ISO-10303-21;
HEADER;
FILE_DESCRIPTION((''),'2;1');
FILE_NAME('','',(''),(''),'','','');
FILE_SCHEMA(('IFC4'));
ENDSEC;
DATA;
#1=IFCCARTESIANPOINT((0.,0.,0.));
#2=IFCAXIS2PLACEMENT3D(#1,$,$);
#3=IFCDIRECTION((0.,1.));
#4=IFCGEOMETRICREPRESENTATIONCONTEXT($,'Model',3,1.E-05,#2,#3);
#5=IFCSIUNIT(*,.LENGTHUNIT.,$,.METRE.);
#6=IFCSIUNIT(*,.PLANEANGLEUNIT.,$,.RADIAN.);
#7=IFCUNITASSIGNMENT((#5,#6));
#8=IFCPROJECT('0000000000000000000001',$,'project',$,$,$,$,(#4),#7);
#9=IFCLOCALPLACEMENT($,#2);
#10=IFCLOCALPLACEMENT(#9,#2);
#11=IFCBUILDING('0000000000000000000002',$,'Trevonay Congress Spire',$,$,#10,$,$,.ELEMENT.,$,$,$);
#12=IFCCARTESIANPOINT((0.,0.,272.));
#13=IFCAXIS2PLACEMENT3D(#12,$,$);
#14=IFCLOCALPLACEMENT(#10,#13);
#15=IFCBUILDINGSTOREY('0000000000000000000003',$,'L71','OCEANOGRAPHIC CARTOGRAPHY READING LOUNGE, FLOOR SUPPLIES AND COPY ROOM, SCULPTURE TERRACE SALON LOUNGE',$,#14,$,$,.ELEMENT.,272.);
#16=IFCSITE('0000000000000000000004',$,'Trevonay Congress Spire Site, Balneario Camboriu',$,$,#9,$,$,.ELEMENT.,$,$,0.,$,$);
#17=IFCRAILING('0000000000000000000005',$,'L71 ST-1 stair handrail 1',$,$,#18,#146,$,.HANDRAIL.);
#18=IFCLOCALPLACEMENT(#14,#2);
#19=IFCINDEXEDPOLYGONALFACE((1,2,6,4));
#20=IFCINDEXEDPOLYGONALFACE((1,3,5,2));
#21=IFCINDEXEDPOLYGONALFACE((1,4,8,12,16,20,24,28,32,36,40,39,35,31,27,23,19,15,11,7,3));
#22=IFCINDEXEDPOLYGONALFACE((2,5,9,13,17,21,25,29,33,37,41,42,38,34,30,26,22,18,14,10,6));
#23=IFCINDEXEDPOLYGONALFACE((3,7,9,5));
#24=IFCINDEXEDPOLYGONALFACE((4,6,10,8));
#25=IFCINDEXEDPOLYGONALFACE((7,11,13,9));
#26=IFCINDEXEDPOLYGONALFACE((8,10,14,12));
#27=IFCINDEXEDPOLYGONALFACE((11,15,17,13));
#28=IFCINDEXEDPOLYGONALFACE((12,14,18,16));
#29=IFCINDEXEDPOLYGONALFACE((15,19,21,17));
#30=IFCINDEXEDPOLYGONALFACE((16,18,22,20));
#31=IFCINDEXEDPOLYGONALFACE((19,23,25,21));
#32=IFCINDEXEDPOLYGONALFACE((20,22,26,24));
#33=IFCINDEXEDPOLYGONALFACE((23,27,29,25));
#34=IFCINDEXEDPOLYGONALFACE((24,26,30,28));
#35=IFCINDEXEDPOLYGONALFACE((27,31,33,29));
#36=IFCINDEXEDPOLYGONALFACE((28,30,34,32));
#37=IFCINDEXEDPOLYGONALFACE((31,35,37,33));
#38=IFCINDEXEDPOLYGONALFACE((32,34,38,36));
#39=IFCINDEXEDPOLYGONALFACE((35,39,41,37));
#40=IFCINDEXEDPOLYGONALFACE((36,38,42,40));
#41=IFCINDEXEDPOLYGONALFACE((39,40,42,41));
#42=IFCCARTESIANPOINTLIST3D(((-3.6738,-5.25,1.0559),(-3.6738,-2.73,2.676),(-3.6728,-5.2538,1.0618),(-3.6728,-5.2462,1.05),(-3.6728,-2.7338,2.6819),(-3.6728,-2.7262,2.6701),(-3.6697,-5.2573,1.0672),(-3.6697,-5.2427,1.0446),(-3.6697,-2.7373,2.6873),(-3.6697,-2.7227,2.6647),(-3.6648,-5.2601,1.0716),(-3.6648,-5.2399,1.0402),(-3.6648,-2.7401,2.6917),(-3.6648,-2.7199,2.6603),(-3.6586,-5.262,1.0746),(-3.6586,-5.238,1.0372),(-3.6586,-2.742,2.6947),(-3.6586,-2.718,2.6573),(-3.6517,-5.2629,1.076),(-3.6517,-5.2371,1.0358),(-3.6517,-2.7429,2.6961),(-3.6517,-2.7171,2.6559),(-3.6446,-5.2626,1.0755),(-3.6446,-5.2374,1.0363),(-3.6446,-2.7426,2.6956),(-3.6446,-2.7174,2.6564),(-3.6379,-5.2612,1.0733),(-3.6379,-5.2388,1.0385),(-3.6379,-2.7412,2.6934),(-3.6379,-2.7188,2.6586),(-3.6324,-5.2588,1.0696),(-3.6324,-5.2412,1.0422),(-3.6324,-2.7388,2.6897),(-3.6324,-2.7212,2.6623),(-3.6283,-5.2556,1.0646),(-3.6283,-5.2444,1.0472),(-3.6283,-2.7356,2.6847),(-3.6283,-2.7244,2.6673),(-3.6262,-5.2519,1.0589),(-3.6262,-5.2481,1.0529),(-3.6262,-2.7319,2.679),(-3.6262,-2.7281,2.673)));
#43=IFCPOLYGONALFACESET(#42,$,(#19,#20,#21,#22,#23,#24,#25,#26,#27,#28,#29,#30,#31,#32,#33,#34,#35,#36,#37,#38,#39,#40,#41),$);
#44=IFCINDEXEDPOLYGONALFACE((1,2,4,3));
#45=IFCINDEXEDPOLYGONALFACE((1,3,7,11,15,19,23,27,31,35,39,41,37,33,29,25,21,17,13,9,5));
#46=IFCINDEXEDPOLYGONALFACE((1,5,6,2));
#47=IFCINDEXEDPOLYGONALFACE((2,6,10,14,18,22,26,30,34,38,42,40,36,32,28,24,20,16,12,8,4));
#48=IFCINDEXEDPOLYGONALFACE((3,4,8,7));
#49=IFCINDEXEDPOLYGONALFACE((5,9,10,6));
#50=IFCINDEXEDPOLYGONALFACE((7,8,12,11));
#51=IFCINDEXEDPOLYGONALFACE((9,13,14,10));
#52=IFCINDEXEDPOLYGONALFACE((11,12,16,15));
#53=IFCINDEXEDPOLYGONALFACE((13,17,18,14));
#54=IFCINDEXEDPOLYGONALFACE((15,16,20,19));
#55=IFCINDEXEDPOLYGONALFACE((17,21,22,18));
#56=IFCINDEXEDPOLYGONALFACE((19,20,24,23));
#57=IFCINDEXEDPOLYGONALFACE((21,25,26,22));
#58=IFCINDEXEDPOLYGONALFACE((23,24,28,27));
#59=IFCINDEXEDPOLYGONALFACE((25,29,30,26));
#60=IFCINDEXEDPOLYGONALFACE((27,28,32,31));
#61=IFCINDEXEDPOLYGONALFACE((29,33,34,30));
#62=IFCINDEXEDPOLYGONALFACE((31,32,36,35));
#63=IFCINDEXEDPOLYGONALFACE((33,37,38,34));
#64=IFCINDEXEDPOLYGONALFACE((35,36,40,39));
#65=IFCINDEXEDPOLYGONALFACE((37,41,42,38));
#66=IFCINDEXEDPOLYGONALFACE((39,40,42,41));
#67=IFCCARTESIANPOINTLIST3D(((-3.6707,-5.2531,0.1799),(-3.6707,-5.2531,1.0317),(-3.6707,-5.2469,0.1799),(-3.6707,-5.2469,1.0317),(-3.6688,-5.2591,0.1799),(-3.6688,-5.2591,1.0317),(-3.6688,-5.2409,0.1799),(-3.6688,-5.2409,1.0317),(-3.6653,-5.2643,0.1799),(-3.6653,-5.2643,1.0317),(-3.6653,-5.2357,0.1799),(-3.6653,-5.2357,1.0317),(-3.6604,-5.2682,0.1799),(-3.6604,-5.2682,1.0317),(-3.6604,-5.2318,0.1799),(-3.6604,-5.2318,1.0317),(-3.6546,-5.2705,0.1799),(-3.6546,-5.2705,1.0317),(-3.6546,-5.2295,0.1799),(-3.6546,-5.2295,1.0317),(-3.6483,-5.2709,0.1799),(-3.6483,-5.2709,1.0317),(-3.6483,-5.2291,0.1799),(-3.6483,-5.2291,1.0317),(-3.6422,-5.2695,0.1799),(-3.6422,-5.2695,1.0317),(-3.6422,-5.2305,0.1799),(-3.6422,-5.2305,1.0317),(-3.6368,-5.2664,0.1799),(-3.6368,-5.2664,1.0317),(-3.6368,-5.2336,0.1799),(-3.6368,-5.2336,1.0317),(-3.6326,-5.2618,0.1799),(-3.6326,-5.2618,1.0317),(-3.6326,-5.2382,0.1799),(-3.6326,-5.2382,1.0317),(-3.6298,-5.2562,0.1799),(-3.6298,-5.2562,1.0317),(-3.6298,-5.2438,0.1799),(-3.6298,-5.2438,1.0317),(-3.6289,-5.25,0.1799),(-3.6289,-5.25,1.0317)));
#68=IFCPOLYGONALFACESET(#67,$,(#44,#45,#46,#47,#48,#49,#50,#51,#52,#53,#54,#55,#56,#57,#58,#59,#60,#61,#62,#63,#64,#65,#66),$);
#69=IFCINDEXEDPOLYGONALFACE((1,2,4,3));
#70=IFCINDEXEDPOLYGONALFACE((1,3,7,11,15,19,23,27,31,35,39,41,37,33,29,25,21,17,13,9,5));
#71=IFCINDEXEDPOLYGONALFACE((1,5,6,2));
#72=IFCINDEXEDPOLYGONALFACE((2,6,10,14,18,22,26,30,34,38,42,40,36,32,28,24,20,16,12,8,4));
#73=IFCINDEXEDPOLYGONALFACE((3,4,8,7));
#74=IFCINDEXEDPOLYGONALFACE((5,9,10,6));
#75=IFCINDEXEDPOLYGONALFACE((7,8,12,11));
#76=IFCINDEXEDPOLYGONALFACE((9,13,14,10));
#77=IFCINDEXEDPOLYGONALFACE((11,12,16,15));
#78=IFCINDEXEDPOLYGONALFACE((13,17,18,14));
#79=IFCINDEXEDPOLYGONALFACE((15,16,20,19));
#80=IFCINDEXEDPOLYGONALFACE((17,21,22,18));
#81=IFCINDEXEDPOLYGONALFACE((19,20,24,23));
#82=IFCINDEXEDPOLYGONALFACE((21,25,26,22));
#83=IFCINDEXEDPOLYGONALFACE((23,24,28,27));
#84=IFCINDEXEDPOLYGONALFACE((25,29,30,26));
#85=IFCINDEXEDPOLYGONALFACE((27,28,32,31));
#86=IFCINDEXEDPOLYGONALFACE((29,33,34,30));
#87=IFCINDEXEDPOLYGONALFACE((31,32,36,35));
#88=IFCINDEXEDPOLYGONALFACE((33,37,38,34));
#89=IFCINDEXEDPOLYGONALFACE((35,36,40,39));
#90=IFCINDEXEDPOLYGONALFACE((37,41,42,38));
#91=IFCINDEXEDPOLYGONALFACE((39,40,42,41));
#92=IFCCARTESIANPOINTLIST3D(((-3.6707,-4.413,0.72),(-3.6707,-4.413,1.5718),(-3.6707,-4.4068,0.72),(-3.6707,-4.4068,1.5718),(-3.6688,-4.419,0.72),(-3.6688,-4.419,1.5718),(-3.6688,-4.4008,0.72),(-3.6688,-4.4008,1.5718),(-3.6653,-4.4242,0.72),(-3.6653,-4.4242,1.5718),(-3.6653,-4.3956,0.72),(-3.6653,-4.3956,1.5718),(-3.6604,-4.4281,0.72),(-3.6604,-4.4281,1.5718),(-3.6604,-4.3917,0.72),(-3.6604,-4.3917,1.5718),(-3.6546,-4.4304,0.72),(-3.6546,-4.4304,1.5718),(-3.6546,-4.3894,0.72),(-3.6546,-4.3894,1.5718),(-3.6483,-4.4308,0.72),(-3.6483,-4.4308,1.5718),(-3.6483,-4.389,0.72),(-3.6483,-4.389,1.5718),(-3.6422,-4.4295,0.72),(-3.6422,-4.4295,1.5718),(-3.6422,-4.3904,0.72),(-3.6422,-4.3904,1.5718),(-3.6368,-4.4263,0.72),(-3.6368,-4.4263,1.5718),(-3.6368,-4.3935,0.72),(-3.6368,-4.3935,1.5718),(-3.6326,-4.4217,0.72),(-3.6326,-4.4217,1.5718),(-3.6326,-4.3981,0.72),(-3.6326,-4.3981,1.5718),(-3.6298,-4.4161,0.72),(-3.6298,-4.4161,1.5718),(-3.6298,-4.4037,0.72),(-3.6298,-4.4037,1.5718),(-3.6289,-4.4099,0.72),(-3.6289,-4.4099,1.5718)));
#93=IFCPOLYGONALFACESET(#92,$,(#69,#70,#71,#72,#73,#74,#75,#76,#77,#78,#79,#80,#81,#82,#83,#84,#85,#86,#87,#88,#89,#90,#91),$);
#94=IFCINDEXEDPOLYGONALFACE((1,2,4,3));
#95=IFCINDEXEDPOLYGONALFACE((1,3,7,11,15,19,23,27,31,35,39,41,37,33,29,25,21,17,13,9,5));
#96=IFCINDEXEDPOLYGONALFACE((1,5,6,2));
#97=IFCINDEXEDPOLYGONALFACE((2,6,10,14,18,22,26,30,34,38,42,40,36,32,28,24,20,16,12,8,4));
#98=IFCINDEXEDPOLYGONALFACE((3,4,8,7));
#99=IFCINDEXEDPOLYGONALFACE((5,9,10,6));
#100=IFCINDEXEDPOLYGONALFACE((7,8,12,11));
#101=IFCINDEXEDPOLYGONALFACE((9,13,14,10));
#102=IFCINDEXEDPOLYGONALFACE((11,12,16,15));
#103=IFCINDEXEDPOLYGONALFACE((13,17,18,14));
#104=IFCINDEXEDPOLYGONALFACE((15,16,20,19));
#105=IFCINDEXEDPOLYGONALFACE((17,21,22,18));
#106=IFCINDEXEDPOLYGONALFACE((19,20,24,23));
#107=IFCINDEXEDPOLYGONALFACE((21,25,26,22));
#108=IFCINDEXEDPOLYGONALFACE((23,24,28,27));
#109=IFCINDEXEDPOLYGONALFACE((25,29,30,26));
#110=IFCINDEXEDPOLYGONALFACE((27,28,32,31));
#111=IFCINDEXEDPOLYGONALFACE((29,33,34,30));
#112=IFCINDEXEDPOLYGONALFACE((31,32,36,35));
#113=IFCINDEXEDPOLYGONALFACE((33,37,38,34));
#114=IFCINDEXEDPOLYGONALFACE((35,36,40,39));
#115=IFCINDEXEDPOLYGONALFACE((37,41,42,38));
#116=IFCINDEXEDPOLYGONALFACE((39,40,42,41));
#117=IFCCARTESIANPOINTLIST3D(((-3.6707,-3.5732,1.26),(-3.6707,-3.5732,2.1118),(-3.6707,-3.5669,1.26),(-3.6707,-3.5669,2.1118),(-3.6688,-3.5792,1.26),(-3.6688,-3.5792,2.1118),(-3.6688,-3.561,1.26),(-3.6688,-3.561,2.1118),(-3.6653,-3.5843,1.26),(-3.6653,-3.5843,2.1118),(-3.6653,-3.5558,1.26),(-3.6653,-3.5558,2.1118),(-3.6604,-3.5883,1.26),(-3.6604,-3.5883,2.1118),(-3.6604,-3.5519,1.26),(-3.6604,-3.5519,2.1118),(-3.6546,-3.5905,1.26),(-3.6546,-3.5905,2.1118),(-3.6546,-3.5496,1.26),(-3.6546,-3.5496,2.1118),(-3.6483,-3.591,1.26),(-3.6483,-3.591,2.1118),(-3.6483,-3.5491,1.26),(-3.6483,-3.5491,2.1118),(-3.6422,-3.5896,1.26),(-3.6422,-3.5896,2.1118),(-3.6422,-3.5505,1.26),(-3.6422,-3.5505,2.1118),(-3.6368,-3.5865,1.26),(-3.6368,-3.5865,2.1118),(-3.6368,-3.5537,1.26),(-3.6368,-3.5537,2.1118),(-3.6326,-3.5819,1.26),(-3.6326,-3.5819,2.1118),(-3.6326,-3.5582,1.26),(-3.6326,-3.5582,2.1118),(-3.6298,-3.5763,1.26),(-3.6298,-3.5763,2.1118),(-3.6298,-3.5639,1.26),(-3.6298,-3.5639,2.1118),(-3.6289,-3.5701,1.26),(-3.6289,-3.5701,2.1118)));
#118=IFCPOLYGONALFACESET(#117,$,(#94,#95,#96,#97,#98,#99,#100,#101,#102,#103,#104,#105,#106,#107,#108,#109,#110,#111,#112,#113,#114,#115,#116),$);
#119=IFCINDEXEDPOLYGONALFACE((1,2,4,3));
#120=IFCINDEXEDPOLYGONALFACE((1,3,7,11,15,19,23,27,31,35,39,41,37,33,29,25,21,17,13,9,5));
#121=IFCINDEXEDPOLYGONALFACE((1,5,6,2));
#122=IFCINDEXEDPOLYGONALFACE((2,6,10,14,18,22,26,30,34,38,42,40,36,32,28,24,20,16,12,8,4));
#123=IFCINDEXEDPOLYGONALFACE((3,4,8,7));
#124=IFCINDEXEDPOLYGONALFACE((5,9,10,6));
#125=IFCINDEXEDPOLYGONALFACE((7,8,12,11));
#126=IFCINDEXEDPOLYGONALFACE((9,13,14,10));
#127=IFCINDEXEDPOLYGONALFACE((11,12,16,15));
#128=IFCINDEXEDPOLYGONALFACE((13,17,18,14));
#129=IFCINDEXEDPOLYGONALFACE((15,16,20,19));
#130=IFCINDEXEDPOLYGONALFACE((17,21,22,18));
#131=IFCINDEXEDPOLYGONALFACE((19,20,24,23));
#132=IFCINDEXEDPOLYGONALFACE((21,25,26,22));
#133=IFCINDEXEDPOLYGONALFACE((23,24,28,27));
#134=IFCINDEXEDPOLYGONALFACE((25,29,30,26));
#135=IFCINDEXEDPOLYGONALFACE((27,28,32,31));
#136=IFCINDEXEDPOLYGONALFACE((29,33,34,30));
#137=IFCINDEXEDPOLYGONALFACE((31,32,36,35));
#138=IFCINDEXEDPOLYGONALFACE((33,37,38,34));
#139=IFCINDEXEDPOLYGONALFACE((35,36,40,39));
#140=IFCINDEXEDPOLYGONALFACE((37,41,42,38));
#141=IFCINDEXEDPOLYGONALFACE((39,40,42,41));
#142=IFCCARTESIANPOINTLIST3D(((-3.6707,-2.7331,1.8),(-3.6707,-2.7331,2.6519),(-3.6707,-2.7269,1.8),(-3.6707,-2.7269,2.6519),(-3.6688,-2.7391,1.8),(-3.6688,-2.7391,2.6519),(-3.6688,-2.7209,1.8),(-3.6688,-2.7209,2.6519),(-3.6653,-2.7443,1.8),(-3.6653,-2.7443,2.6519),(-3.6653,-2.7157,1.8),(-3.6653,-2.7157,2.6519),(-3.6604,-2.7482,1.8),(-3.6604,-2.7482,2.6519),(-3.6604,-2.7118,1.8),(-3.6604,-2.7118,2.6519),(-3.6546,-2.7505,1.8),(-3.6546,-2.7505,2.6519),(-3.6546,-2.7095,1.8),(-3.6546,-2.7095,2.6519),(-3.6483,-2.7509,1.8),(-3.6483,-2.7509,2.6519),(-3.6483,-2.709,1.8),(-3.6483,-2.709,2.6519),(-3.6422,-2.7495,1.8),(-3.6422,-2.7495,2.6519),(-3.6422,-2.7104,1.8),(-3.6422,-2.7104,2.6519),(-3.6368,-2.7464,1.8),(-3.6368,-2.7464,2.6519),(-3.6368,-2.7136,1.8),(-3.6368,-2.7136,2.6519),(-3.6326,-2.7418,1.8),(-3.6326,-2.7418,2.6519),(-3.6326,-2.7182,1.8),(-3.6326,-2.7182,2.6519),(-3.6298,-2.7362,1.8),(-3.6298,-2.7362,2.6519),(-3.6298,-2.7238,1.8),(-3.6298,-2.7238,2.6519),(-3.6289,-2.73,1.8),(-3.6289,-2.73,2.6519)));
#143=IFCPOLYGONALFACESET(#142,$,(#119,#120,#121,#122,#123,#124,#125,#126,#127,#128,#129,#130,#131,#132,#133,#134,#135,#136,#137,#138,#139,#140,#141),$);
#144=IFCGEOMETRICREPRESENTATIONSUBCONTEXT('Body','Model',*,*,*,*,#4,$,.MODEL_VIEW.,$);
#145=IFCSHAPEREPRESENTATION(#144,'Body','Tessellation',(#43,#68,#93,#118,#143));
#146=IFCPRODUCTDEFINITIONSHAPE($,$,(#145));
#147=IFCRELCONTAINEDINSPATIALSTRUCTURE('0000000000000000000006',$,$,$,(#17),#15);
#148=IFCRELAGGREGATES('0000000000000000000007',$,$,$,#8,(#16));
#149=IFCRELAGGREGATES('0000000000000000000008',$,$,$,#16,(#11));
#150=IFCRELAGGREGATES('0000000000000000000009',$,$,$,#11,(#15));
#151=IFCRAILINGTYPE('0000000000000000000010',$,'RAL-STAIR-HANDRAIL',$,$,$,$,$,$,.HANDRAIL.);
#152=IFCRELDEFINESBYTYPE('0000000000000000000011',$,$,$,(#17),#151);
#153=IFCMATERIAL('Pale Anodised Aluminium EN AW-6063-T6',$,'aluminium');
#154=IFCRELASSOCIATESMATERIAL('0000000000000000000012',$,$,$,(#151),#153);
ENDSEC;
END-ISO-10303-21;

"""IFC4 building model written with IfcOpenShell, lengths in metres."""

from ifc_helpers import new_model, si_unit, direction, frame, origin, origin_2d, place, context, subcontext, project, spatial, circle, extrude, material, type_object, element, save


model = new_model("IFC4")

# Units and contexts
model_context = context("Model", 3, precision=1e-05, world=origin(), true_north=direction((0.0, 1.0)))
body_context = subcontext(model_context, "Body", "Model", "MODEL_VIEW")
ifc_project = project(units=[si_unit("LENGTHUNIT", "METRE"), si_unit("PLANEANGLEUNIT", "RADIAN")], contexts=[model_context])

# Site, building, storey
site_placement = place(None, origin())
site = spatial("IfcSite", under=ifc_project, at=site_placement, Name="Trevonay Congress Spire Site, Balneario Camboriu", CompositionType="ELEMENT", RefElevation=0.0)
building_placement = place(site_placement, origin())
building = spatial("IfcBuilding", under=site, at=building_placement, Name="Trevonay Congress Spire", CompositionType="ELEMENT")
storey_placement = place(building_placement, frame((0.0, 0.0, 272.0)))
storey = spatial("IfcBuildingStorey", under=building, at=storey_placement, Name="L71", Description="OCEANOGRAPHIC CARTOGRAPHY READING LOUNGE, FLOOR SUPPLIES AND COPY ROOM, SCULPTURE TERRACE SALON LOUNGE", CompositionType="ELEMENT", Elevation=272.0)

# Shared definitions
ifc_material_1 = material(Name="Pale Anodised Aluminium EN AW-6063-T6", Category="aluminium")

# Railing
railing_type_1 = type_object("IfcRailingType", Name="RAL-STAIR-HANDRAIL", PredefinedType="HANDRAIL", material=ifc_material_1)
railing_1_placement = place(storey_placement, frame((-3.6499, -5.25, 0.1799)))
element("IfcRailing", 1, at=railing_1_placement, inside=storey, type_object=railing_type_1, Name="L71 ST-1 stair handrail 1", PredefinedType="HANDRAIL", context=body_context, shape_type="SweptSolid", body=[
    extrude(circle(Radius=0.0239, at=origin_2d()), frame((0.0, 0.0, 0.876), z_axis=(0.0, 0.841163, 0.540782), x_axis=(-1.0, 0.0, 0.0)), (0.0, 0.0, 1.0), 2.9958),
    extrude(circle(Radius=0.021, at=origin_2d()), origin(), (0.0, 0.0, 1.0), 0.8518),
    extrude(circle(Radius=0.021, at=origin_2d()), frame((0.0, 0.8401, 0.54)), (0.0, 0.0, 1.0), 0.8518),
    extrude(circle(Radius=0.021, at=origin_2d()), frame((0.0, 1.6799, 1.0801)), (0.0, 0.0, 1.0), 0.8518),
    extrude(circle(Radius=0.021, at=origin_2d()), frame((0.0, 2.52, 1.6201)), (0.0, 0.0, 1.0), 0.8518),
])

save(model, "model.ifc")
